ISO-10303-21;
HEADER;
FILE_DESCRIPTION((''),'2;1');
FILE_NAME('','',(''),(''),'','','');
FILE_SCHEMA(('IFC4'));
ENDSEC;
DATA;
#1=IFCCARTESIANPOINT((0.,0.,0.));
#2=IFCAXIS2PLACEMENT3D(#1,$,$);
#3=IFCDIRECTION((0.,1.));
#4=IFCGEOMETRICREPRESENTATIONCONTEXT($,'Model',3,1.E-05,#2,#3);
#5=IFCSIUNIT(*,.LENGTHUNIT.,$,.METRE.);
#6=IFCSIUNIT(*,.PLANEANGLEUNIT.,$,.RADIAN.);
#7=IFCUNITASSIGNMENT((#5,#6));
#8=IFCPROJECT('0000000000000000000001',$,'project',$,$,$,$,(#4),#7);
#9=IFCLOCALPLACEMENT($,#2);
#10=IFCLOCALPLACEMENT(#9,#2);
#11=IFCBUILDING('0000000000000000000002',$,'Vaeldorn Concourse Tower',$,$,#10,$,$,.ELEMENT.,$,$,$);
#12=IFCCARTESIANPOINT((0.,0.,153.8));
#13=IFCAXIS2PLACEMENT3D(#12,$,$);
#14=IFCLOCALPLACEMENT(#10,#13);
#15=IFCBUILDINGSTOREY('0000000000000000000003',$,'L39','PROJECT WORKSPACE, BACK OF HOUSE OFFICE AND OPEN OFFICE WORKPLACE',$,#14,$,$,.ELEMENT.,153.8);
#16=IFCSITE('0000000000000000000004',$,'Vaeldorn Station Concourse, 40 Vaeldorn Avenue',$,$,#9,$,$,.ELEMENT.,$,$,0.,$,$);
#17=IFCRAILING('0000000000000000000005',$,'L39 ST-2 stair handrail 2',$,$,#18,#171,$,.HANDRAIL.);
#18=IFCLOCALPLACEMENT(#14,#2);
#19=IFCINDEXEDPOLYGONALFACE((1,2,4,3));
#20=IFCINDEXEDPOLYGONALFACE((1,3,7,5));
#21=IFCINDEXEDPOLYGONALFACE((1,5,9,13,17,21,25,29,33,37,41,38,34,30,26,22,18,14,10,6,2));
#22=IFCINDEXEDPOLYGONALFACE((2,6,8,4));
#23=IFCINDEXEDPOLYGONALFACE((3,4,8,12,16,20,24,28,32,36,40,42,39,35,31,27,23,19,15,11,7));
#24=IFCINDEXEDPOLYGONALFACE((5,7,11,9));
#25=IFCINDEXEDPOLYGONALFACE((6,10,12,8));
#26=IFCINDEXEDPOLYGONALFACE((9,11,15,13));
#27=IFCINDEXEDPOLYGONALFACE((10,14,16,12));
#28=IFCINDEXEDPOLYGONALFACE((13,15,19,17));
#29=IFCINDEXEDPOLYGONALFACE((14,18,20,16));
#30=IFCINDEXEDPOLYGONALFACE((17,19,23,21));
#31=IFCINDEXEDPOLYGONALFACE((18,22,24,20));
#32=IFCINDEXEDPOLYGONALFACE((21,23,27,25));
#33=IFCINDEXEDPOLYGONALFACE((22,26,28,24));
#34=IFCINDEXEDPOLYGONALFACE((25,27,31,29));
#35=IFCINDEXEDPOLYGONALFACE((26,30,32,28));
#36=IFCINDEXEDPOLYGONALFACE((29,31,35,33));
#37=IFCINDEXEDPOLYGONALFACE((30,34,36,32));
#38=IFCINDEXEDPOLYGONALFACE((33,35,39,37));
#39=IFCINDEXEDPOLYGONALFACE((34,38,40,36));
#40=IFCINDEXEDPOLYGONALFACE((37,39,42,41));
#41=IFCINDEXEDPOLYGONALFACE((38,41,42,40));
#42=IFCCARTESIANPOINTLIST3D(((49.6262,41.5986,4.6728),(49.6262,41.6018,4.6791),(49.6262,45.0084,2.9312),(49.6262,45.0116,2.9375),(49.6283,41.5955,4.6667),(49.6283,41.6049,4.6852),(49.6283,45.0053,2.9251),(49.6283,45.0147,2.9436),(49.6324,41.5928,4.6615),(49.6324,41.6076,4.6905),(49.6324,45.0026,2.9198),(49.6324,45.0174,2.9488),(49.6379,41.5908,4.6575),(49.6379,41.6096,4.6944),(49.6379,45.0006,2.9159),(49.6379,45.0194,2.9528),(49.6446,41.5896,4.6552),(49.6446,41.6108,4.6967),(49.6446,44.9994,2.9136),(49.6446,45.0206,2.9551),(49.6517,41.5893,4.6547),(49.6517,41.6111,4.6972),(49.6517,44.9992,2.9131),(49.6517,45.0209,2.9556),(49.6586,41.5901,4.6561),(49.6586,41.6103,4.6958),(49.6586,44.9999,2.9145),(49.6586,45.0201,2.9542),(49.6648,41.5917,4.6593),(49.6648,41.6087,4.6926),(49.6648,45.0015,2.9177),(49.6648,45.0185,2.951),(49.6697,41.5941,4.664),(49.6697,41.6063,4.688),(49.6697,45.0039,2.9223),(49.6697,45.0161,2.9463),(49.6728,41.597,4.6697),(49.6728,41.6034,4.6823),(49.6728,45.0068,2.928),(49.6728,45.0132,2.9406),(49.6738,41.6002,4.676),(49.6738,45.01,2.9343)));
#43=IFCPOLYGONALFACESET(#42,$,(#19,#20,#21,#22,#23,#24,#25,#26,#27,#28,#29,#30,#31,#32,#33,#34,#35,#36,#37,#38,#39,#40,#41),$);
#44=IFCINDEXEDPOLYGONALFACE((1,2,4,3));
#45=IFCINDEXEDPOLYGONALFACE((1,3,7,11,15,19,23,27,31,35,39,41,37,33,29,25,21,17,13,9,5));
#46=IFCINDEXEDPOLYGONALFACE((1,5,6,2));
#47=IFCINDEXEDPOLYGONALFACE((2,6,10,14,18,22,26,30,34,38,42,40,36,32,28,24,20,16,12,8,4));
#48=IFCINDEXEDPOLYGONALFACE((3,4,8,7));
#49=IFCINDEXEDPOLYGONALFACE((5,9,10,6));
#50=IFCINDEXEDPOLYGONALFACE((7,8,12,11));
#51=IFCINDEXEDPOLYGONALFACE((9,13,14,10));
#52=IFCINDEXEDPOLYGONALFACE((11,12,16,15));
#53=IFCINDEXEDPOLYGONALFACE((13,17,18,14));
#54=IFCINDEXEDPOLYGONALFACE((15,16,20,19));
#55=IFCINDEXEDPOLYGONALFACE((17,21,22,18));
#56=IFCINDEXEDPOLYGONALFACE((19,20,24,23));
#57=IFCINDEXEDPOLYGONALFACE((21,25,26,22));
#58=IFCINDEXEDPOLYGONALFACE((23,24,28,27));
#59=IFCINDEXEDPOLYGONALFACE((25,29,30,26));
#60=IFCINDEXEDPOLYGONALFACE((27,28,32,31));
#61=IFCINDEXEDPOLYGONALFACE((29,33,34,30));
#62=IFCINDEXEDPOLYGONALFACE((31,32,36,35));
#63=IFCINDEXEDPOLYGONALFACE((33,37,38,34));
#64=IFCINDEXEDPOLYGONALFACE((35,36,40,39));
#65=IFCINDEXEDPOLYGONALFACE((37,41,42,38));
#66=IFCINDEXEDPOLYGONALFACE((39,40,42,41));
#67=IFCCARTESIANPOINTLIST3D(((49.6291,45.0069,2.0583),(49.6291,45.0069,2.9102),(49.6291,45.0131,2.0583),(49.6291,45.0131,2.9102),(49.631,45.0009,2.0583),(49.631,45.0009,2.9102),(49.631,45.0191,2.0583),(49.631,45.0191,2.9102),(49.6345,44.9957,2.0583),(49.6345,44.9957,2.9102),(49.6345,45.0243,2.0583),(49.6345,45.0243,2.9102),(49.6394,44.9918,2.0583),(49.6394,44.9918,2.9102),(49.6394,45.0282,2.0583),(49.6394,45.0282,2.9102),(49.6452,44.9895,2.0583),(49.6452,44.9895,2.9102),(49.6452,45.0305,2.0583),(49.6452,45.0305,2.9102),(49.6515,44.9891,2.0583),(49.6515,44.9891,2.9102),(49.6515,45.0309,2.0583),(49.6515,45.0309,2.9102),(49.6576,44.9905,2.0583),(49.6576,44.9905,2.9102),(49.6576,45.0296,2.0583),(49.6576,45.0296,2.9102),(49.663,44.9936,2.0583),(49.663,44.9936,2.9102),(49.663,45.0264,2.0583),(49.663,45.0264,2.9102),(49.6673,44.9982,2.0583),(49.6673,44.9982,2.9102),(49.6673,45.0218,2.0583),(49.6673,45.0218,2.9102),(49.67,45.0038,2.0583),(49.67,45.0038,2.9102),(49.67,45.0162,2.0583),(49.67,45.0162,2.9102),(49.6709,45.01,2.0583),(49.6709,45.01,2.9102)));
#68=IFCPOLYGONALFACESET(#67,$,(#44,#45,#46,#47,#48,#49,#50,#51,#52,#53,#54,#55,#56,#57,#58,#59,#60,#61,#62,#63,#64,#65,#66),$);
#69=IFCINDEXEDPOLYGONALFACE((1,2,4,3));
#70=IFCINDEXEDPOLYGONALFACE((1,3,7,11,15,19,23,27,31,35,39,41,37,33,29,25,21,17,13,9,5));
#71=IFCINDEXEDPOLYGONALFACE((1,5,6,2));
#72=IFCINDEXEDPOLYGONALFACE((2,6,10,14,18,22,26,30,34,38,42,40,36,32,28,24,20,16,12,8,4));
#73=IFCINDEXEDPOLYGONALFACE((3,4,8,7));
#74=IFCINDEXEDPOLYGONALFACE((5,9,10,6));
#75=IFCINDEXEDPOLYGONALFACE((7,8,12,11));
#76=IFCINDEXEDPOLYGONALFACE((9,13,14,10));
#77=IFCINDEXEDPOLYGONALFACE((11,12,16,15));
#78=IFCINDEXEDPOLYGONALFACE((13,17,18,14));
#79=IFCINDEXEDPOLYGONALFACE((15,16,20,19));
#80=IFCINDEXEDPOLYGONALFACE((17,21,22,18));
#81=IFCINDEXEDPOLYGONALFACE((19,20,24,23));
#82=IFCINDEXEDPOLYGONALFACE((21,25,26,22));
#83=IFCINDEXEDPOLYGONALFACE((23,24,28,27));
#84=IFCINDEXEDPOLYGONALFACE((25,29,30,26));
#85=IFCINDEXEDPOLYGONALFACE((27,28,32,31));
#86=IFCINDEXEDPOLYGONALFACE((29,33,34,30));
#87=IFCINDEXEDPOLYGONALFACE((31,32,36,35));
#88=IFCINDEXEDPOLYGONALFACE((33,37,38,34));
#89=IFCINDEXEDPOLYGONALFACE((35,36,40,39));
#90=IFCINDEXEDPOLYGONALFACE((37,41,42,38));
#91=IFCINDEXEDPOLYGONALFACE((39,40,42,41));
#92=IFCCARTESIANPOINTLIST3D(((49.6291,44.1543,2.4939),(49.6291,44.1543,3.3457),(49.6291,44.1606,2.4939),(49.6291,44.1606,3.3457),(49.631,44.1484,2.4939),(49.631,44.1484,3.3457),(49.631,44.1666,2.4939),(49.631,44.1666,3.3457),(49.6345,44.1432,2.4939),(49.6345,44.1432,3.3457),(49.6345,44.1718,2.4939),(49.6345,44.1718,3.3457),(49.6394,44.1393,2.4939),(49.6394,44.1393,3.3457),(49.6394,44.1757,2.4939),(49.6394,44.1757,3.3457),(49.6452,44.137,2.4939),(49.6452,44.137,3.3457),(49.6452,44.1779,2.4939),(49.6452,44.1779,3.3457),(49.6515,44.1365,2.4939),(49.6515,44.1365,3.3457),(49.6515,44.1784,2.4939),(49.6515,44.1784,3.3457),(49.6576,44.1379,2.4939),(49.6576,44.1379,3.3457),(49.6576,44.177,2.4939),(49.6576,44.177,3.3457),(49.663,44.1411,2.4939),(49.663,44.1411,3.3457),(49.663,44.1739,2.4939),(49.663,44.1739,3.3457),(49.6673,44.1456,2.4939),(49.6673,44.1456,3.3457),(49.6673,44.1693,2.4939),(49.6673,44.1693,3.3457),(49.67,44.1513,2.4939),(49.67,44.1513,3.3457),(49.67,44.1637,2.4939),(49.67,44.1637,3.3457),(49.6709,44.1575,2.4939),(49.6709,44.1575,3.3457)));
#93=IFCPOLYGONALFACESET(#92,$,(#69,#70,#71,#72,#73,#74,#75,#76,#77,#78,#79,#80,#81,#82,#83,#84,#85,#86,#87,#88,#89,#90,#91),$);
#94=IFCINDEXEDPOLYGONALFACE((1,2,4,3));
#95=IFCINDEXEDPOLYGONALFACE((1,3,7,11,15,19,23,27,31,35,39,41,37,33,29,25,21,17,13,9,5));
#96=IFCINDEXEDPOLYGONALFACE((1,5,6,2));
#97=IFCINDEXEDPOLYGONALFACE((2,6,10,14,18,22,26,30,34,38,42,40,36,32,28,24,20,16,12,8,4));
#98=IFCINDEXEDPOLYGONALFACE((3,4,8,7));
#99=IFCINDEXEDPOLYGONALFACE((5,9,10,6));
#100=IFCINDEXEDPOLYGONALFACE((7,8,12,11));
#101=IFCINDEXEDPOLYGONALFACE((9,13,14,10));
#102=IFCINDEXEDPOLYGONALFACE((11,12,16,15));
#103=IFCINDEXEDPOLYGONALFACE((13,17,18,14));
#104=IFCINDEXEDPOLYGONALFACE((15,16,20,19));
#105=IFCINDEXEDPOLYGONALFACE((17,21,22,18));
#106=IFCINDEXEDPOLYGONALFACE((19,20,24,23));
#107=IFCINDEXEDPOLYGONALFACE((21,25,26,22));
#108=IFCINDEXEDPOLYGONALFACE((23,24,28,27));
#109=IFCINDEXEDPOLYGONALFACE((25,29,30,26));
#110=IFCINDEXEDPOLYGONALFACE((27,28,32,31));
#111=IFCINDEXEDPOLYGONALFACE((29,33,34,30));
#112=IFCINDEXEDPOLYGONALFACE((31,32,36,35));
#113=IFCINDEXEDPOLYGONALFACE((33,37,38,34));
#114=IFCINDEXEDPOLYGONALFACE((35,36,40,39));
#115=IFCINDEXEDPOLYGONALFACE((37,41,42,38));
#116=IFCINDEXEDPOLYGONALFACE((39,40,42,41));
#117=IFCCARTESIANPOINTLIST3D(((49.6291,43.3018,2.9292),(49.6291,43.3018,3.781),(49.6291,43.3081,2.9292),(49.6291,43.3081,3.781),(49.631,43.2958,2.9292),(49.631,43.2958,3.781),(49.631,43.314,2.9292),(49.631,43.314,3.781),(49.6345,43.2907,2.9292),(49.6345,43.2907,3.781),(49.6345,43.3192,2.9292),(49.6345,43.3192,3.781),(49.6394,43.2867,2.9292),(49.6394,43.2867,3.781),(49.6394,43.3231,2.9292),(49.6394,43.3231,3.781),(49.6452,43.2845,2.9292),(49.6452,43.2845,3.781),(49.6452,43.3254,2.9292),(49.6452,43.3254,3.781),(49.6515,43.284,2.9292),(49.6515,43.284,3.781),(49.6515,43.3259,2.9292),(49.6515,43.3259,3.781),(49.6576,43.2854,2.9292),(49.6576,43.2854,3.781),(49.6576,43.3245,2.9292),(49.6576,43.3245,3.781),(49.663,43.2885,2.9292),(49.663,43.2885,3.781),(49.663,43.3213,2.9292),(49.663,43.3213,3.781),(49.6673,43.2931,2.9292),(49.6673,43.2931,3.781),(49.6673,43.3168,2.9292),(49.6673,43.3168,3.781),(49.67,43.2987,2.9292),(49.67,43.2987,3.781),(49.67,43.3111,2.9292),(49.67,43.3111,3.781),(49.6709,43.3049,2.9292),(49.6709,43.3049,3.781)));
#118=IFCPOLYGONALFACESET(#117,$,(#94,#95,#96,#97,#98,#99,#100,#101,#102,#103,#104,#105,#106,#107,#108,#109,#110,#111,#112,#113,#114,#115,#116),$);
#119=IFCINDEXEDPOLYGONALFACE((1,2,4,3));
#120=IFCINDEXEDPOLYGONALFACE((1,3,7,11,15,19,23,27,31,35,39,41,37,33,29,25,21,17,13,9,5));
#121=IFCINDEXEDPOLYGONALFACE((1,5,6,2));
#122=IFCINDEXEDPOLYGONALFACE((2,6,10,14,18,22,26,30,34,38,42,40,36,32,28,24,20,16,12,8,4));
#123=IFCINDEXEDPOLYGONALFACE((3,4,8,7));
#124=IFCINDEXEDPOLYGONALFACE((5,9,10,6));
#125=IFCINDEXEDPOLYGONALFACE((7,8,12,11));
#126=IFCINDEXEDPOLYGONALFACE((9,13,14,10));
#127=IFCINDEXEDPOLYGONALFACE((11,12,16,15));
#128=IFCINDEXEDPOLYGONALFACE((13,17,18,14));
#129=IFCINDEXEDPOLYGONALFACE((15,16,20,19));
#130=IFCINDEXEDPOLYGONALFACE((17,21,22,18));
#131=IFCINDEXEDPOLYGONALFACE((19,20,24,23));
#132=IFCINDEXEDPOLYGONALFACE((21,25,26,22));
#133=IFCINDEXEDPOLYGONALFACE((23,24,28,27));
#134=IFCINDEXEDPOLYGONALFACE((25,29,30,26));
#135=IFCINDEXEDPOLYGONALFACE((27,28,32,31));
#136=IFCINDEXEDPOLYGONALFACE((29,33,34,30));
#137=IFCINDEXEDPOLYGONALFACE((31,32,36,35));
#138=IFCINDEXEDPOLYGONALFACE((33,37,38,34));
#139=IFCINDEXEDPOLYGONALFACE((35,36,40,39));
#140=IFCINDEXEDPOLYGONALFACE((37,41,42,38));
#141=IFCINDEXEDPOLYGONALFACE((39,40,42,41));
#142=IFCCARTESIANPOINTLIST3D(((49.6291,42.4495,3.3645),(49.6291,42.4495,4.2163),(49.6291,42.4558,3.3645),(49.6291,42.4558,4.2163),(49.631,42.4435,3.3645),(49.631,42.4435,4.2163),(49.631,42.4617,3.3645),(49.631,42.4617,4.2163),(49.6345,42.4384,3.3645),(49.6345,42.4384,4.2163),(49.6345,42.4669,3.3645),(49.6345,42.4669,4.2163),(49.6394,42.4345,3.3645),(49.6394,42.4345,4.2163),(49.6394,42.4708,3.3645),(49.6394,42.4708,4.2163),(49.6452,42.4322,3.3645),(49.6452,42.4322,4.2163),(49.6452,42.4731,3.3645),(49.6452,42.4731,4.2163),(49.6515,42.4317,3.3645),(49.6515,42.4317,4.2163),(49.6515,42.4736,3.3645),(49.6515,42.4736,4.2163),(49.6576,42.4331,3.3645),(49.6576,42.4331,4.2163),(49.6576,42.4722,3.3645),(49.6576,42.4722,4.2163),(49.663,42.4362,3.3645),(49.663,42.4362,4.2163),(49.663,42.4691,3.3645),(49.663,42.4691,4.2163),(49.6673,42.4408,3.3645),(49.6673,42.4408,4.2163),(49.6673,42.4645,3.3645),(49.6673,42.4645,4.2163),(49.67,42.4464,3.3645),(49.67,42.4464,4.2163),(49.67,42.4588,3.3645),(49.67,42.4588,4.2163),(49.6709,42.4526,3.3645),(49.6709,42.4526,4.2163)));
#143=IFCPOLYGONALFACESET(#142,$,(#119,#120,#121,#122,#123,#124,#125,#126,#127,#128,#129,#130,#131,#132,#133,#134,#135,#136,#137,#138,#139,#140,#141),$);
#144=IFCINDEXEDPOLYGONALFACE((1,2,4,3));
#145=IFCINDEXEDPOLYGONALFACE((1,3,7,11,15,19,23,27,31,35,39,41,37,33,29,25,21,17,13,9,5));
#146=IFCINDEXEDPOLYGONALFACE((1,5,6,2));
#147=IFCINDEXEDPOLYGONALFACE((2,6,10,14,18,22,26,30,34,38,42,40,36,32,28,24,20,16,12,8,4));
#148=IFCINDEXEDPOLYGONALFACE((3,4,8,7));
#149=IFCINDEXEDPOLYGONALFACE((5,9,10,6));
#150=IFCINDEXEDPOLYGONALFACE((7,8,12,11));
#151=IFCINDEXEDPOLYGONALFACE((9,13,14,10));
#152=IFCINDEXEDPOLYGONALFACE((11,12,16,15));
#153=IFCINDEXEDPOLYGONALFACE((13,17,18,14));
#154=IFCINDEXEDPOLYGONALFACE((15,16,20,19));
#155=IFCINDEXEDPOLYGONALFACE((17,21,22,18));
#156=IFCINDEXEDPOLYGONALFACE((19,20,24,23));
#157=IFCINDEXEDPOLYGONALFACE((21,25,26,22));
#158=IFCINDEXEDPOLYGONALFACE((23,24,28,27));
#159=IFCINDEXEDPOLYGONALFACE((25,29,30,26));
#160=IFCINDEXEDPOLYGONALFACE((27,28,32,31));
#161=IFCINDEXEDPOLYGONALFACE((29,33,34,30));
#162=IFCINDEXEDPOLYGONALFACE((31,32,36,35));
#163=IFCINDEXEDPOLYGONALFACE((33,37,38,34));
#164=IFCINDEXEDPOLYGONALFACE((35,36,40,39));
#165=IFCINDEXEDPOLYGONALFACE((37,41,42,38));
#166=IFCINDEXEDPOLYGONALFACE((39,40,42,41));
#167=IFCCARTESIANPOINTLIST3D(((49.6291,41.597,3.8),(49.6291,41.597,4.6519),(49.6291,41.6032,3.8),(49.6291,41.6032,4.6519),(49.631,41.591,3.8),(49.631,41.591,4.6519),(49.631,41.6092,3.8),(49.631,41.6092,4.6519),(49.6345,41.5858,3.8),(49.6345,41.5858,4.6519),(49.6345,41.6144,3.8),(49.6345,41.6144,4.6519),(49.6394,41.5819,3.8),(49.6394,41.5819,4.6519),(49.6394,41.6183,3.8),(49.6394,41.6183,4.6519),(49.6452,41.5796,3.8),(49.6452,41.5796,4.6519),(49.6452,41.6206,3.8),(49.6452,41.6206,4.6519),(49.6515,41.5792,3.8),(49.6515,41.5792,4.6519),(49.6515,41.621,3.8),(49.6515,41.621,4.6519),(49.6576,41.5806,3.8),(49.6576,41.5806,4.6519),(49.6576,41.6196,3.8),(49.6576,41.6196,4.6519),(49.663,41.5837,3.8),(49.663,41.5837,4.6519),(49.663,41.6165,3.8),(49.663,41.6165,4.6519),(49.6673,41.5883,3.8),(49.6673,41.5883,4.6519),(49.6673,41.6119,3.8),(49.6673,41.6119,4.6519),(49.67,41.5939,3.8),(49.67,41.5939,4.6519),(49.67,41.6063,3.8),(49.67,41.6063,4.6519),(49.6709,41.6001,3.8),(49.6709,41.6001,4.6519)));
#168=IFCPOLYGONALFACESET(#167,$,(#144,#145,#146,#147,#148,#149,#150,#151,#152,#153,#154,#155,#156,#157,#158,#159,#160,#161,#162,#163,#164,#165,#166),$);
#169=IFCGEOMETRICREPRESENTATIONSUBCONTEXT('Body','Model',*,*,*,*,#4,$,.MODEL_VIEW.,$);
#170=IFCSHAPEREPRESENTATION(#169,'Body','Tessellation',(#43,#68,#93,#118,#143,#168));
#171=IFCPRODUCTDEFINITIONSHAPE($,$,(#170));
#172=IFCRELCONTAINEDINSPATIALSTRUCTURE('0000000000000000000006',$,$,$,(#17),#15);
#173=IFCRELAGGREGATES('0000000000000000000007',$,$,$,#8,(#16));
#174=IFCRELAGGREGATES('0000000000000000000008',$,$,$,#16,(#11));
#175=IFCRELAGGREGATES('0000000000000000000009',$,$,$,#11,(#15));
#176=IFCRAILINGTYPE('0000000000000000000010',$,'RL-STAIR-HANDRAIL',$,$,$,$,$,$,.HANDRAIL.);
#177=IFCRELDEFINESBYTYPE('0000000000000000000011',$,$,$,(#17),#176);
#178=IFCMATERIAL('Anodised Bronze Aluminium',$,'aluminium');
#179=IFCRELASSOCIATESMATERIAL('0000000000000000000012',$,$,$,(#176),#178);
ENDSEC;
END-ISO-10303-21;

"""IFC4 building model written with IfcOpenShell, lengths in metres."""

from ifc_helpers import new_model, si_unit, direction, frame, origin, origin_2d, place, context, subcontext, project, spatial, circle, extrude, material, type_object, element, save


model = new_model("IFC4")

# Units and contexts
model_context = context("Model", 3, precision=1e-05, world=origin(), true_north=direction((0.0, 1.0)))
body_context = subcontext(model_context, "Body", "Model", "MODEL_VIEW")
ifc_project = project(units=[si_unit("LENGTHUNIT", "METRE"), si_unit("PLANEANGLEUNIT", "RADIAN")], contexts=[model_context])

# Site, building, storey
site_placement = place(None, origin())
site = spatial("IfcSite", under=ifc_project, at=site_placement, Name="Vaeldorn Station Concourse, 40 Vaeldorn Avenue", CompositionType="ELEMENT", RefElevation=0.0)
building_placement = place(site_placement, origin())
building = spatial("IfcBuilding", under=site, at=building_placement, Name="Vaeldorn Concourse Tower", CompositionType="ELEMENT")
storey_placement = place(building_placement, frame((0.0, 0.0, 153.8)))
storey = spatial("IfcBuildingStorey", under=building, at=storey_placement, Name="L39", Description="PROJECT WORKSPACE, BACK OF HOUSE OFFICE AND OPEN OFFICE WORKPLACE", CompositionType="ELEMENT", Elevation=153.8)

# Shared definitions
ifc_material_1 = material(Name="Anodised Bronze Aluminium", Category="aluminium")

# Railing
railing_type_1 = type_object("IfcRailingType", Name="RL-STAIR-HANDRAIL", PredefinedType="HANDRAIL", material=ifc_material_1)
railing_1_placement = place(storey_placement, frame((49.6499, 45.01, 2.0583)))
element("IfcRailing", 1, at=railing_1_placement, inside=storey, type_object=railing_type_1, Name="L39 ST-2 stair handrail 2", PredefinedType="HANDRAIL", context=body_context, shape_type="SweptSolid", body=[
    extrude(circle(Radius=0.0239, at=origin_2d()), frame((0.0, 0.0, 0.876), z_axis=(0.0, -0.890556, 0.454874), x_axis=(1.0, 0.0, 0.0)), (0.0, 0.0, 1.0), 3.8289),
    extrude(circle(Radius=0.021, at=origin_2d()), origin(), (0.0, 0.0, 1.0), 0.8518),
    extrude(circle(Radius=0.021, at=origin_2d()), frame((0.0, -0.8525, 0.4355)), (0.0, 0.0, 1.0), 0.8518),
    extrude(circle(Radius=0.021, at=origin_2d()), frame((0.0, -1.7051, 0.8708)), (0.0, 0.0, 1.0), 0.8518),
    extrude(circle(Radius=0.021, at=origin_2d()), frame((0.0, -2.5574, 1.3062)), (0.0, 0.0, 1.0), 0.8518),
    extrude(circle(Radius=0.021, at=origin_2d()), frame((0.0, -3.4099, 1.7417)), (0.0, 0.0, 1.0), 0.8518),
])

save(model, "model.ifc")
